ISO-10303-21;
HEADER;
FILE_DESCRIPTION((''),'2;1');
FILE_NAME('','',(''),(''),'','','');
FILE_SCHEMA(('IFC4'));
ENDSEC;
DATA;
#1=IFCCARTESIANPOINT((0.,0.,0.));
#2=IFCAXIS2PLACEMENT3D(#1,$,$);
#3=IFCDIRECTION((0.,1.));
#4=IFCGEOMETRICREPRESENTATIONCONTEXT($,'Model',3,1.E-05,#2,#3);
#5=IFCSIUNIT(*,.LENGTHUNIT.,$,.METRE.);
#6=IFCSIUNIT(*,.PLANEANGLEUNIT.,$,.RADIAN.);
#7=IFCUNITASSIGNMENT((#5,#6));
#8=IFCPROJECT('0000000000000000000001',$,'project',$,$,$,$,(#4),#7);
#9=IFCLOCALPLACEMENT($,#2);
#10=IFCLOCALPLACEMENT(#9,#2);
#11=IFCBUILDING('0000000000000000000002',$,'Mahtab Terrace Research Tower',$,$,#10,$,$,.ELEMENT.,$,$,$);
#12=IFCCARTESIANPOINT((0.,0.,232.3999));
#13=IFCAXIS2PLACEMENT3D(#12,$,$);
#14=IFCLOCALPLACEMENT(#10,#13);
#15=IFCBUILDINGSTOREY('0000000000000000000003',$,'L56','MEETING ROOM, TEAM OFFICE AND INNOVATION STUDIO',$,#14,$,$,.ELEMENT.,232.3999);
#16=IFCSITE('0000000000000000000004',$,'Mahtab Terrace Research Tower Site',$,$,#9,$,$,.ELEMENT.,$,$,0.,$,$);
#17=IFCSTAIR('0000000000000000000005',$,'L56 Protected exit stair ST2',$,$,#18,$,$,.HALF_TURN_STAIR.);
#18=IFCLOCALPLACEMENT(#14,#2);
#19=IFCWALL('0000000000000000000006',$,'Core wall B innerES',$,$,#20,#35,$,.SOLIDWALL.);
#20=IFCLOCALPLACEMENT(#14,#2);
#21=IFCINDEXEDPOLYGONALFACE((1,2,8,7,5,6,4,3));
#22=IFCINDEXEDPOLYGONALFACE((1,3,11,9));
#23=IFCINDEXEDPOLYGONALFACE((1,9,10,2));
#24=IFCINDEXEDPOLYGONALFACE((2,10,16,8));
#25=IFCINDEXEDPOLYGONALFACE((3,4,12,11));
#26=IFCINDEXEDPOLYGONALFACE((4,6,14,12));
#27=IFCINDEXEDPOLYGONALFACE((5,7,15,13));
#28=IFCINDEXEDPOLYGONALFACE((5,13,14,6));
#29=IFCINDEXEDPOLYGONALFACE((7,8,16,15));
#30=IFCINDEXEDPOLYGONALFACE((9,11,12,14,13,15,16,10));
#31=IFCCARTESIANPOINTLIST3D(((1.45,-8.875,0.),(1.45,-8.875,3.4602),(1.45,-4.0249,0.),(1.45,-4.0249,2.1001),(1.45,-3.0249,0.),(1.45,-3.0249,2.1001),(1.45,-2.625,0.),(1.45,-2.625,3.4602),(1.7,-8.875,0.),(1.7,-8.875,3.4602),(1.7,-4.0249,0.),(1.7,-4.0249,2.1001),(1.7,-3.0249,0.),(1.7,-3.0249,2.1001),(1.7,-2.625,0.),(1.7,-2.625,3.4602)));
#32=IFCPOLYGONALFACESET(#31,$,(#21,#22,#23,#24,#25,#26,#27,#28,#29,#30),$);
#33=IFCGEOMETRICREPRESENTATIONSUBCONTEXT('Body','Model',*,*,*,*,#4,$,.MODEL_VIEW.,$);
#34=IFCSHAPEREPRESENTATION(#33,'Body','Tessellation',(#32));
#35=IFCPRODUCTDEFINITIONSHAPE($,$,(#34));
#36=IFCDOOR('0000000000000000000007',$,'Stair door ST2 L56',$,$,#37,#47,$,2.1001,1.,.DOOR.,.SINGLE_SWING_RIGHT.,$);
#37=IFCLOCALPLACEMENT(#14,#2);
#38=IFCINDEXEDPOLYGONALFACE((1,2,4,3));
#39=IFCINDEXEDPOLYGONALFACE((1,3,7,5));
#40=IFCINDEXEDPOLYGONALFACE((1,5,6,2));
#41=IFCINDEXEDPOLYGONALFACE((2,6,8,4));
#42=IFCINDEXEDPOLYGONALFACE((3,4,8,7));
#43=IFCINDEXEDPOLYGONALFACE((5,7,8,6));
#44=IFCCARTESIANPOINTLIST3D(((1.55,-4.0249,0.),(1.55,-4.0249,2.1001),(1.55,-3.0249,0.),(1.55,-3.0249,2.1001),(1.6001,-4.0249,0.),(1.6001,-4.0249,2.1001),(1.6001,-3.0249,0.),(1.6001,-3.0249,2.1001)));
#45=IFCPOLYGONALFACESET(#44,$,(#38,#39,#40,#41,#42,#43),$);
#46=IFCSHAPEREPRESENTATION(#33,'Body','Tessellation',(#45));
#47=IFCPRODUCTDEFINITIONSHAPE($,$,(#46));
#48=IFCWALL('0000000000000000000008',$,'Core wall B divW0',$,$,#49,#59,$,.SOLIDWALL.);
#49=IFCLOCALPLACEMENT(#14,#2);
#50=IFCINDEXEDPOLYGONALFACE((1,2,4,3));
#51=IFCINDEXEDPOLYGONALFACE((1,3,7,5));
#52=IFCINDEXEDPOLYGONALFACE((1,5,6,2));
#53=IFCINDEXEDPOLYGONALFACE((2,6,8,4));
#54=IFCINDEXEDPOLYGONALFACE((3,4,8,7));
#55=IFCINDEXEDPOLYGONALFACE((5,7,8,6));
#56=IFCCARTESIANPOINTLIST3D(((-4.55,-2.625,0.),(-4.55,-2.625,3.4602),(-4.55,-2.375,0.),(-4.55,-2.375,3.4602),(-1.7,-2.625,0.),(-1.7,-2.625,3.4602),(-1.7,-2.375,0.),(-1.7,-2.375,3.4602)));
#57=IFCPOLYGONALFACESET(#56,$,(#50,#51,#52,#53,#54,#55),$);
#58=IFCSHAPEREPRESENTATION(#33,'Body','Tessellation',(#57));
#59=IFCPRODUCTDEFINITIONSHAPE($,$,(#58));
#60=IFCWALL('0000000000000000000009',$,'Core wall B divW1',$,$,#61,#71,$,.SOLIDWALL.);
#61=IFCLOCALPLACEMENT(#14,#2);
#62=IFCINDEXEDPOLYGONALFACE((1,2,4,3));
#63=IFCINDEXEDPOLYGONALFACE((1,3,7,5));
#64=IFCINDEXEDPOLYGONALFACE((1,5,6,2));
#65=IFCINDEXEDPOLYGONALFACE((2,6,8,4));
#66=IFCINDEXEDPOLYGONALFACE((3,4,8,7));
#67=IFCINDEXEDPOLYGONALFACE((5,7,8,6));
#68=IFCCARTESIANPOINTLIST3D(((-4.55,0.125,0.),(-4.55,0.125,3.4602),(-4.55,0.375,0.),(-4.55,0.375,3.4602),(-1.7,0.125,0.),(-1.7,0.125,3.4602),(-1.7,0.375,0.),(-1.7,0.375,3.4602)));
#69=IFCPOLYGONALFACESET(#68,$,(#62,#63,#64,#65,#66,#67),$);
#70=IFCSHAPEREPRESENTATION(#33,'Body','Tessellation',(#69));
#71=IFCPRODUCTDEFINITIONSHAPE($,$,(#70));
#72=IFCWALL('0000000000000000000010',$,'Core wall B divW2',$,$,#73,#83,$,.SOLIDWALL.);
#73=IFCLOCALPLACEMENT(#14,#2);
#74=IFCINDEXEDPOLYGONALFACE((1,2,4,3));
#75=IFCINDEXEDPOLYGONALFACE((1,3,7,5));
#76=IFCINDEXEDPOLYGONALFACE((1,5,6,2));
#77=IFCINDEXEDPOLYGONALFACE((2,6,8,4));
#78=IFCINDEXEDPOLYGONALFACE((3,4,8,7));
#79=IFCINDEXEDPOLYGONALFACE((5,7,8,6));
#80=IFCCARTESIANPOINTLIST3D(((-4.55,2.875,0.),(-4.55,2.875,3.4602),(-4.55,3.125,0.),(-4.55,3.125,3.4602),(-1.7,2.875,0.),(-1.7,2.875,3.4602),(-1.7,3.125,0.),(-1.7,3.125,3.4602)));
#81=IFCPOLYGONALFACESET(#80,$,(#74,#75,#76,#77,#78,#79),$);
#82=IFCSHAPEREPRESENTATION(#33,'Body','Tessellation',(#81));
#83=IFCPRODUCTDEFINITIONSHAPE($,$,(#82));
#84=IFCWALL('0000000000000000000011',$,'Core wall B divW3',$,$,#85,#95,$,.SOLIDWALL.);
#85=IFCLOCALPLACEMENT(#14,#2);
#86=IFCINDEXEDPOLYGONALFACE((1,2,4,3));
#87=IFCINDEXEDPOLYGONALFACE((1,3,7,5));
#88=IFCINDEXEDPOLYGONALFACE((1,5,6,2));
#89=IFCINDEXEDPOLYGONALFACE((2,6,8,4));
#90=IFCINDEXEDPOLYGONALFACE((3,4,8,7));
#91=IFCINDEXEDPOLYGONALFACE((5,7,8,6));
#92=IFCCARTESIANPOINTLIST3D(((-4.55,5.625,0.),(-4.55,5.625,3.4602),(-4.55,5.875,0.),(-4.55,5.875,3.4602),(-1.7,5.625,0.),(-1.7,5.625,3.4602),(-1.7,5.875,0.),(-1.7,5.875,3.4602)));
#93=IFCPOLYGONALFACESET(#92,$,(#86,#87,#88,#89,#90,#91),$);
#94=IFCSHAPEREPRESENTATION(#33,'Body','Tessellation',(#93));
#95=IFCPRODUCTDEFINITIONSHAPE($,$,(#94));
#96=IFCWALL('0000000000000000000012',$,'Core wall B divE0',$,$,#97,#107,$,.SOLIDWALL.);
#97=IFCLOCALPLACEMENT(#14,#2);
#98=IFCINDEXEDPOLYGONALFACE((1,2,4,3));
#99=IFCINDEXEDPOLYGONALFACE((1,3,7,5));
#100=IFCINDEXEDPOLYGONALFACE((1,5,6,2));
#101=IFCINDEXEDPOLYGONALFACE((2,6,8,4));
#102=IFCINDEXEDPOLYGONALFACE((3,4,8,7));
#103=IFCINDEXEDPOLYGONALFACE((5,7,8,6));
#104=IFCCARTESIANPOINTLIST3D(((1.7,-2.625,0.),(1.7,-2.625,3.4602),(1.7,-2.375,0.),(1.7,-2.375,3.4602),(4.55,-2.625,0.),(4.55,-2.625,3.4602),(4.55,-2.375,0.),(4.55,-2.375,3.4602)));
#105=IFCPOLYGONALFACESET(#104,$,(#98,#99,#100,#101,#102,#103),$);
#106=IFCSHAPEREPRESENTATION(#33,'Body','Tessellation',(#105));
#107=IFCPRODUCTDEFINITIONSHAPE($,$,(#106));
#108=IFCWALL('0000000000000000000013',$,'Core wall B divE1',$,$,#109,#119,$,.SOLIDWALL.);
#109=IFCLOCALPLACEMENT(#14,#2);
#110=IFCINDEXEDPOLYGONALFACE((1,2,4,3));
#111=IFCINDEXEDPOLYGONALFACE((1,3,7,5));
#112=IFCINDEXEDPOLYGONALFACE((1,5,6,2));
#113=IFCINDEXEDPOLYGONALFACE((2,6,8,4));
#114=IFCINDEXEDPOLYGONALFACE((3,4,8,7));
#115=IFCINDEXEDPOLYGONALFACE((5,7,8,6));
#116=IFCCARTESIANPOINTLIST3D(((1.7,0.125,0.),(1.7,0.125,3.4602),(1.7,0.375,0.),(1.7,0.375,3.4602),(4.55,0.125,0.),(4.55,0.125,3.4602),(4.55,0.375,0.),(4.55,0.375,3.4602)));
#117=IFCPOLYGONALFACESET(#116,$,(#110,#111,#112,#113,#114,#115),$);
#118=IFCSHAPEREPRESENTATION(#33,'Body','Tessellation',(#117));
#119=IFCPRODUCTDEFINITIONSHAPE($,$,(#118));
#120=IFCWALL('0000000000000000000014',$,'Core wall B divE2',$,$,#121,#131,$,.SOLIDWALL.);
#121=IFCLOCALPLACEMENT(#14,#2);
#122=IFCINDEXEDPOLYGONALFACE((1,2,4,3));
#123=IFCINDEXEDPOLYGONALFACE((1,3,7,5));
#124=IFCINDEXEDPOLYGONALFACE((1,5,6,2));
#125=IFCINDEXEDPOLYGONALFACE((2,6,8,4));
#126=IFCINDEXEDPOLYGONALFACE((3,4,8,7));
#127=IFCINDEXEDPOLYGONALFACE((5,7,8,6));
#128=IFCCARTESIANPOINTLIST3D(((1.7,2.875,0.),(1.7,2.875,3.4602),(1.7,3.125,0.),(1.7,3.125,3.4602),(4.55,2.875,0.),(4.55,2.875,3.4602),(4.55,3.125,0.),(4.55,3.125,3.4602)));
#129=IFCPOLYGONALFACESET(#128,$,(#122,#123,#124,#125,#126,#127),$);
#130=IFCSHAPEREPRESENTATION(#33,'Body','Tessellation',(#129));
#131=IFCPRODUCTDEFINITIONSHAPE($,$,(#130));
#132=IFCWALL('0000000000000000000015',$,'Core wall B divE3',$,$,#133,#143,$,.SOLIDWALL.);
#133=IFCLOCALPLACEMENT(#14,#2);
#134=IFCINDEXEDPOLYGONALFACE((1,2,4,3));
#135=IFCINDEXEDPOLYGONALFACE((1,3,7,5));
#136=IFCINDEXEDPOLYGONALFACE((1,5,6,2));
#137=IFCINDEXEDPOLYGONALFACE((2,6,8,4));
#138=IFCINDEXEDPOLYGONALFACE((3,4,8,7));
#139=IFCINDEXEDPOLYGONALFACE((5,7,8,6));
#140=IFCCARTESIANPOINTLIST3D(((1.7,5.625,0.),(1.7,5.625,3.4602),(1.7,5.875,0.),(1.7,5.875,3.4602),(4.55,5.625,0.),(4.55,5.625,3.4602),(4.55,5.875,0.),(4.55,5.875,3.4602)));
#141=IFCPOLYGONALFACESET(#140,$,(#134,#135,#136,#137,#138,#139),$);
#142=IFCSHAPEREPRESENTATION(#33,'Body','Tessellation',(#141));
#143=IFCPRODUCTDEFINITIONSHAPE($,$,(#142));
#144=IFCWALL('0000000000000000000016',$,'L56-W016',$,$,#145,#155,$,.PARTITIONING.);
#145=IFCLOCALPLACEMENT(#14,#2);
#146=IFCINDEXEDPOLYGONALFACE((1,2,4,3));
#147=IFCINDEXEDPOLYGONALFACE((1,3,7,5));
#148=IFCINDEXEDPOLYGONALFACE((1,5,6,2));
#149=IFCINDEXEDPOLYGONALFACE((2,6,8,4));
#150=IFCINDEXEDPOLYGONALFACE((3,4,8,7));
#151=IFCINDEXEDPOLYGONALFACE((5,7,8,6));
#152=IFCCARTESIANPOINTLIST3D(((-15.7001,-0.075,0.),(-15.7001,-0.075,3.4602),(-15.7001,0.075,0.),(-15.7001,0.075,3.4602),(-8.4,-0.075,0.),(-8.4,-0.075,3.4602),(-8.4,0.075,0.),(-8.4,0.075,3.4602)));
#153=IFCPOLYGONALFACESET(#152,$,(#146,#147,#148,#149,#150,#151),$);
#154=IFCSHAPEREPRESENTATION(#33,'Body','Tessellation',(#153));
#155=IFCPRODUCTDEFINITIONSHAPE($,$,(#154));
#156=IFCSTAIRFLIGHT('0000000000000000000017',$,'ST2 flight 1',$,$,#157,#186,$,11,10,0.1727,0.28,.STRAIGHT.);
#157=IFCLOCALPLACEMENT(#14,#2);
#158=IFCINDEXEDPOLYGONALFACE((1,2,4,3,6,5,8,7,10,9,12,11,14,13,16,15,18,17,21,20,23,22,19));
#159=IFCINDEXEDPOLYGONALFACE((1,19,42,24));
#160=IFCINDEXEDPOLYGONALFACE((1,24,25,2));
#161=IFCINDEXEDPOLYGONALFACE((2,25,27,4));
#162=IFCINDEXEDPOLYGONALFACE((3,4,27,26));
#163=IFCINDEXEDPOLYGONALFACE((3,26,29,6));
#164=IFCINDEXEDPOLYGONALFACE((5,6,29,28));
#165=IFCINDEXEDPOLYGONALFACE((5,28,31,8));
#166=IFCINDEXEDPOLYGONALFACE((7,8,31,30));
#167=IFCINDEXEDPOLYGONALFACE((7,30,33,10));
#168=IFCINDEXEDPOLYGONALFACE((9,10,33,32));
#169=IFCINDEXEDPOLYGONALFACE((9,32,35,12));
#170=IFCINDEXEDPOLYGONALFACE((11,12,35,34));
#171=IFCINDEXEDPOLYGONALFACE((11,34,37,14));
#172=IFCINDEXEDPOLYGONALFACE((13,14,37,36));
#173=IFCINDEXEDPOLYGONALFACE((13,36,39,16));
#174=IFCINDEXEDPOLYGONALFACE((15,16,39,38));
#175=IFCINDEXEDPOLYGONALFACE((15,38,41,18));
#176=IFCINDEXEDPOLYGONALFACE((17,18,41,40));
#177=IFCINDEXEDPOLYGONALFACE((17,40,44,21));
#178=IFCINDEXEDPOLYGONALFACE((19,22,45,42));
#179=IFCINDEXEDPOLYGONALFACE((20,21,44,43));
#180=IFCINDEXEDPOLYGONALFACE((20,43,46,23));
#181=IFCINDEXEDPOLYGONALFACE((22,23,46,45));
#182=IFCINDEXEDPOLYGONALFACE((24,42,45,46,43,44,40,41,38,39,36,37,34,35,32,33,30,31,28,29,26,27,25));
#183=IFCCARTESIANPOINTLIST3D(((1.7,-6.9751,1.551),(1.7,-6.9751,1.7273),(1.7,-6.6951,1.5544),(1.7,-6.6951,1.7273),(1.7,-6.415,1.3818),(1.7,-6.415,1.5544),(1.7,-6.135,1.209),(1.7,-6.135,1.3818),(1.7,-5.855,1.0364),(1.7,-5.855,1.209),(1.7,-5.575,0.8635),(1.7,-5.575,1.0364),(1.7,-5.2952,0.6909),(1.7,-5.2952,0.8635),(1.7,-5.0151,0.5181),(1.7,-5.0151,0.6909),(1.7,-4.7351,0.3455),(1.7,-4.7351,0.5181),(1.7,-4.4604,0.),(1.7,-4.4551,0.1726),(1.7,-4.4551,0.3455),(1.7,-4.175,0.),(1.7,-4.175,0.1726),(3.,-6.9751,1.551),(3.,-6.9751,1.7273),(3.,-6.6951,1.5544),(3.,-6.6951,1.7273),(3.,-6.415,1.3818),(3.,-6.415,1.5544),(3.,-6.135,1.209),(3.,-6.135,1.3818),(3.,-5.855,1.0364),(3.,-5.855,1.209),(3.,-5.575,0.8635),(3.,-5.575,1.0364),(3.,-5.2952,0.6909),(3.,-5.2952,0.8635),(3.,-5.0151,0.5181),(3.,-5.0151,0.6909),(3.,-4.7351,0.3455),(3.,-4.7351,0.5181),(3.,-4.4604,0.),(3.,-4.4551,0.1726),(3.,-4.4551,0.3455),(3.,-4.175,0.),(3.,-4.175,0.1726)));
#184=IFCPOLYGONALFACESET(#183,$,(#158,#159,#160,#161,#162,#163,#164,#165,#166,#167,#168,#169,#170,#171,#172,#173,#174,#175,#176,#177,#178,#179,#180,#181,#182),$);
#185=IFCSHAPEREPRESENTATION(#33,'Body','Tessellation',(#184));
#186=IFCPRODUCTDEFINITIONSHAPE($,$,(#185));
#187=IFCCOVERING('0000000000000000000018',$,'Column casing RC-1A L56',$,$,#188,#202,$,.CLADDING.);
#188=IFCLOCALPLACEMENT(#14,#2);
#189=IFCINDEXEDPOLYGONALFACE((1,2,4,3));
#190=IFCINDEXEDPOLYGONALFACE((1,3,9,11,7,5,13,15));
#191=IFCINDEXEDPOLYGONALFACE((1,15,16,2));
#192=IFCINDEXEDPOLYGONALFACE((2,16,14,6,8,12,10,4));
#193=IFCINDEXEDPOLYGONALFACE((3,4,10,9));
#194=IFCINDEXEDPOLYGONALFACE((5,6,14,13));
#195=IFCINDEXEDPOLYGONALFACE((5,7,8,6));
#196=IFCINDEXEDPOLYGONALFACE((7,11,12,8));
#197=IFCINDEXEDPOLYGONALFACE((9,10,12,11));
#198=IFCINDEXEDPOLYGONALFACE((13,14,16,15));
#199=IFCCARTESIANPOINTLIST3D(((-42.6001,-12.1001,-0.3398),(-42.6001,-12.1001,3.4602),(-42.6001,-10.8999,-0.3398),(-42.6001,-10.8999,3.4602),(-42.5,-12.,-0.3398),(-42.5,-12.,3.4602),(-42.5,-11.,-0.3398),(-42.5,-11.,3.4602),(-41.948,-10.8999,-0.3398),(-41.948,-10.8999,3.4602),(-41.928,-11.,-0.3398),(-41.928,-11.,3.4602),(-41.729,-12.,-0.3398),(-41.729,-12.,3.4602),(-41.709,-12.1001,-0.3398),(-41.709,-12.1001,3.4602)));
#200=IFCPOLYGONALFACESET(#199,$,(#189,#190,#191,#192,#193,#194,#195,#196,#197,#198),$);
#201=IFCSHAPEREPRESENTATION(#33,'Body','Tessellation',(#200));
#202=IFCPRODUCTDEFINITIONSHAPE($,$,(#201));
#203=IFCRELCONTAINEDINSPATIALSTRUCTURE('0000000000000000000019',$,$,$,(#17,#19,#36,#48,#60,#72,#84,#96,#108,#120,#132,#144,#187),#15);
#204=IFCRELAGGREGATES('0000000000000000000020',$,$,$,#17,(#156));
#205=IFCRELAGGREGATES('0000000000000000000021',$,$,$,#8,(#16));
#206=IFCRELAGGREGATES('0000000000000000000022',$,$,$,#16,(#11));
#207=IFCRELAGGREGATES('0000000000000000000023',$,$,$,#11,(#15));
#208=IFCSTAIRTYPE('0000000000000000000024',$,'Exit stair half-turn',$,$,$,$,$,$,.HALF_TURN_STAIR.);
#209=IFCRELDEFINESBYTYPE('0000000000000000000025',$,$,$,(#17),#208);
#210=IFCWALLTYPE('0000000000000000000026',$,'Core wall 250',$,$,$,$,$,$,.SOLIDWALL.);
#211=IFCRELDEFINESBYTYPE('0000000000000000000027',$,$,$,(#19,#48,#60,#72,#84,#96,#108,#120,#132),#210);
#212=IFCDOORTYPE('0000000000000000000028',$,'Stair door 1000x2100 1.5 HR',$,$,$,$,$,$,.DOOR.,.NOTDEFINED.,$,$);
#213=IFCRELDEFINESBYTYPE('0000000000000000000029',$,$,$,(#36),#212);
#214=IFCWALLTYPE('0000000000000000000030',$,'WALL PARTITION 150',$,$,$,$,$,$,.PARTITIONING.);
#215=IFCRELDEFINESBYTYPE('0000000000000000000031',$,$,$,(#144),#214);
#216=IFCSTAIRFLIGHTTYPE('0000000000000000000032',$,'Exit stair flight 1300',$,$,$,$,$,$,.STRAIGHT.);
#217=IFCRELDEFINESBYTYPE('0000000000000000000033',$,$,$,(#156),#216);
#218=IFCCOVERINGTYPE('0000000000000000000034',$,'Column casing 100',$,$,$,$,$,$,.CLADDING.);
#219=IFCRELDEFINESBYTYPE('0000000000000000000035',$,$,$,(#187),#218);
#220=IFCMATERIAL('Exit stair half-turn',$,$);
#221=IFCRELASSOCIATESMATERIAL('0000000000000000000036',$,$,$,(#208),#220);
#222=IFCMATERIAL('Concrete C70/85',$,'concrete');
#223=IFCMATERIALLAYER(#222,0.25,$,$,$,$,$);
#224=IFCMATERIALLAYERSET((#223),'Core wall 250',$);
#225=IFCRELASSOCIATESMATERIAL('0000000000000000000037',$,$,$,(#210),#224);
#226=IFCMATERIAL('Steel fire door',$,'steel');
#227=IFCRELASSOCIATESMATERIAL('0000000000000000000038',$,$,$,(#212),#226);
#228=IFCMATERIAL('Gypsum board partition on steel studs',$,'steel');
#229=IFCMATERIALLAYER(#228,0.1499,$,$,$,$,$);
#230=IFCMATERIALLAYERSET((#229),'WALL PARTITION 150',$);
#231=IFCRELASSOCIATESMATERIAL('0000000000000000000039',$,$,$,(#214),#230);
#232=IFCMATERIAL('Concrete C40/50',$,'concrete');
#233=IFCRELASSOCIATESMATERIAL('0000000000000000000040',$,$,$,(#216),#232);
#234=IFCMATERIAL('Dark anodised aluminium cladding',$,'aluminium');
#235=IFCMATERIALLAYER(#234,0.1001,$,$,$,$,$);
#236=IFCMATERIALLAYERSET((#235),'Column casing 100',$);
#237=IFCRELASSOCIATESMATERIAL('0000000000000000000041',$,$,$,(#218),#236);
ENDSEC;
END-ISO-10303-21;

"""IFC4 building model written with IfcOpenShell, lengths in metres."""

from ifc_helpers import new_model, si_unit, direction, frame, frame_2d, origin, place, context, subcontext, project, spatial, polyline, rectangle, outline, extrude, material, layer, layer_set, type_object, element, fill, aggregate, save


model = new_model("IFC4")

# Units and contexts
model_context = context("Model", 3, precision=1e-05, world=origin(), true_north=direction((0.0, 1.0)))
body_context = subcontext(model_context, "Body", "Model", "MODEL_VIEW")
ifc_project = project(units=[si_unit("LENGTHUNIT", "METRE"), si_unit("PLANEANGLEUNIT", "RADIAN")], contexts=[model_context])

# Site, building, storey
site_placement = place(None, origin())
site = spatial("IfcSite", under=ifc_project, at=site_placement, Name="Mahtab Terrace Research Tower Site", CompositionType="ELEMENT", RefElevation=0.0)
building_placement = place(site_placement, origin())
building = spatial("IfcBuilding", under=site, at=building_placement, Name="Mahtab Terrace Research Tower", CompositionType="ELEMENT")
storey_placement = place(building_placement, frame((0.0, 0.0, 232.3999)))
storey = spatial("IfcBuildingStorey", under=building, at=storey_placement, Name="L56", Description="MEETING ROOM, TEAM OFFICE AND INNOVATION STUDIO", CompositionType="ELEMENT", Elevation=232.3999)

# Shared definitions
ifc_material_1 = material(Name="Concrete C70/85", Category="concrete")

# Stair
ifc_material_2 = material(Name="Exit stair half-turn")
stair_type = type_object("IfcStairType", Name="Exit stair half-turn", PredefinedType="HALF_TURN_STAIR", material=ifc_material_2)
ifc_material_3 = material(Name="Concrete C40/50", Category="concrete")
stair_1_placement = place(storey_placement, origin())
stair_1 = element("IfcStair", 1, at=stair_1_placement, inside=storey, type_object=stair_type, Name="L56 Protected exit stair ST2", PredefinedType="HALF_TURN_STAIR")

# Wall, opening, door
ifc_layer_1 = layer(ifc_material_1, 0.25)
ifc_layer_set_1 = layer_set([ifc_layer_1], Name="Core wall 250")
wall_type_1 = type_object("IfcWallType", Name="Core wall 250", PredefinedType="SOLIDWALL", material=ifc_layer_set_1)
wall_1_placement = place(storey_placement, frame((1.575, -8.875, 0.0), z_axis=(0.0, 0.0, 1.0), x_axis=(0.0, 1.0, 0.0)))
wall_1 = element("IfcWall", 2, at=wall_1_placement, inside=storey, type_object=wall_type_1, Name="Core wall B innerES", PredefinedType="SOLIDWALL", context=body_context, shape_type="SweptSolid", body=[
    extrude(rectangle(XDim=6.25, YDim=0.25, at=frame_2d((3.125, 0.0))), origin(), (0.0, 0.0, 1.0), 3.4602),
])
opening_placement = place(wall_1_placement, frame((4.8501, 0.0, 0.0)))
opening = element("IfcOpeningElement", 3, at=opening_placement, cuts=wall_1, PredefinedType="OPENING", context=body_context, shape_type="SweptSolid", body=[
    extrude(rectangle(XDim=1.0, YDim=2.1001, at=frame_2d((0.5, 1.05))), frame((0.0, 0.135, 0.0), z_axis=(0.0, -1.0, 0.0), x_axis=(1.0, 0.0, 0.0)), (0.0, 0.0, 1.0), 0.27),
])
ifc_material_4 = material(Name="Steel fire door", Category="steel")
door_type = type_object("IfcDoorType", Name="Stair door 1000x2100 1.5 HR", OperationType="NOTDEFINED", PredefinedType="DOOR", material=ifc_material_4)
door_placement = place(opening_placement, origin())
door = element("IfcDoor", 4, at=door_placement, inside=storey, type_object=door_type, Name="Stair door ST2 L56", OperationType="SINGLE_SWING_RIGHT", OverallHeight=2.1001, OverallWidth=1.0, PredefinedType="DOOR", context=body_context, shape_type="SweptSolid", body=[
    extrude(rectangle(XDim=1.0, YDim=2.1001, at=frame_2d((0.5, 1.05))), frame((0.0, 0.0249, 0.0), z_axis=(0.0, -1.0, 0.0), x_axis=(1.0, 0.0, 0.0)), (0.0, 0.0, 1.0), 0.05),
])
fill(opening, door)

# Walls
for number, where, z_axis, x_axis, name in (
    (5, (-4.55, -2.5, 0.0), (0.0, 0.0, 1.0), (1.0, 0.0, 0.0), "Core wall B divW0"),
    (6, (-4.55, 0.25, 0.0), (0.0, 0.0, 1.0), (1.0, 0.0, 0.0), "Core wall B divW1"),
    (7, (-4.55, 3.0, 0.0), (0.0, 0.0, 1.0), (1.0, 0.0, 0.0), "Core wall B divW2"),
    (8, (-4.55, 5.75, 0.0), (0.0, 0.0, 1.0), (1.0, 0.0, 0.0), "Core wall B divW3"),
    (9, (1.7, -2.5, 0.0), (0.0, 0.0, 1.0), (1.0, 0.0, 0.0), "Core wall B divE0"),
    (10, (1.7, 0.25, 0.0), (0.0, 0.0, 1.0), (1.0, 0.0, 0.0), "Core wall B divE1"),
    (11, (1.7, 3.0, 0.0), (0.0, 0.0, 1.0), (1.0, 0.0, 0.0), "Core wall B divE2"),
    (12, (1.7, 5.75, 0.0), (0.0, 0.0, 1.0), (1.0, 0.0, 0.0), "Core wall B divE3"),
):
    element("IfcWall", number, at=place(storey_placement, frame(where, z_axis=z_axis, x_axis=x_axis)), inside=storey, type_object=wall_type_1, Name=name, PredefinedType="SOLIDWALL", context=body_context, shape_type="SweptSolid", body=[
        extrude(rectangle(XDim=2.8501, YDim=0.25, at=frame_2d((1.425, 0.0))), origin(), (0.0, 0.0, 1.0), 3.4602),
    ])
ifc_material_5 = material(Name="Gypsum board partition on steel studs", Category="steel")
ifc_layer_2 = layer(ifc_material_5, 0.1499)
ifc_layer_set_2 = layer_set([ifc_layer_2], Name="WALL PARTITION 150")
wall_type_2 = type_object("IfcWallType", Name="WALL PARTITION 150", PredefinedType="PARTITIONING", material=ifc_layer_set_2)
wall_2_placement = place(storey_placement, frame((-15.7, 0.0, 0.0), z_axis=(0.0, 0.0, 1.0), x_axis=(1.0, 0.0, 0.0)))
element("IfcWall", 13, at=wall_2_placement, inside=storey, type_object=wall_type_2, Name="L56-W016", PredefinedType="PARTITIONING", context=body_context, shape_type="SweptSolid", body=[
    extrude(rectangle(XDim=7.3, YDim=0.1499, at=frame_2d((3.6499, 0.0))), origin(), (0.0, 0.0, 1.0), 3.4602),
])

# Stair flight
stair_flight_type = type_object("IfcStairFlightType", Name="Exit stair flight 1300", PredefinedType="STRAIGHT", material=ifc_material_3)
stair_flight_placement = place(storey_placement, frame((2.3501, -4.175, 0.0), z_axis=(0.0, 0.0, 1.0), x_axis=(0.0, -1.0, 0.0)))
stair_flight = element("IfcStairFlight", 14, at=stair_flight_placement, type_object=stair_flight_type, Name="ST2 flight 1", NumberOfRisers=11, NumberOfTreads=10, PredefinedType="STRAIGHT", RiserHeight=0.1727, TreadLength=0.28, context=body_context, shape_type="SweptSolid", body=[
    extrude(outline(polyline([(0.0, 0.0), (0.0, 0.1726), (0.28, 0.1726), (0.28, 0.3455), (0.5601, 0.3455), (0.5601, 0.5181), (0.8401, 0.5181), (0.8401, 0.6909), (1.1201, 0.6909), (1.1201, 0.8635), (1.3999, 0.8635), (1.3999, 1.0364), (1.6799, 1.0364), (1.6799, 1.209), (1.96, 1.209), (1.96, 1.3818), (2.24, 1.3818), (2.24, 1.5544), (2.52, 1.5544), (2.52, 1.7273), (2.8, 1.7273), (2.8, 1.8999), (2.8, 1.551), (0.2854, 0.0), (0.0, 0.0)])), frame((0.0, 0.6499, 0.0), z_axis=(0.0, -1.0, 0.0), x_axis=(1.0, 0.0, 0.0)), (0.0, 0.0, 1.0), 1.3),
])
aggregate(stair_1, [stair_flight])

# Covering
ifc_material_6 = material(Name="Dark anodised aluminium cladding", Category="aluminium")
ifc_layer_3 = layer(ifc_material_6, 0.1001)
ifc_layer_set_3 = layer_set([ifc_layer_3], Name="Column casing 100")
covering_type_1 = type_object("IfcCoveringType", Name="Column casing 100", PredefinedType="CLADDING", material=ifc_layer_set_3)
covering_1_placement = place(storey_placement, frame((0.0, 0.0, -0.3398)))
element("IfcCovering", 15, at=covering_1_placement, inside=storey, type_object=covering_type_1, Name="Column casing RC-1A L56", PredefinedType="CLADDING", context=body_context, shape_type="SweptSolid", body=[
    extrude(outline(polyline([(-42.6001, -10.8999), (-41.948, -10.8999), (-41.928, -11.0), (-42.5, -11.0), (-42.5, -12.0), (-41.729, -12.0), (-41.709, -12.1001), (-42.6001, -12.1001), (-42.6001, -10.8999)])), origin(), (0.0, 0.0, 1.0), 3.8),
])

save(model, "model.ifc")
